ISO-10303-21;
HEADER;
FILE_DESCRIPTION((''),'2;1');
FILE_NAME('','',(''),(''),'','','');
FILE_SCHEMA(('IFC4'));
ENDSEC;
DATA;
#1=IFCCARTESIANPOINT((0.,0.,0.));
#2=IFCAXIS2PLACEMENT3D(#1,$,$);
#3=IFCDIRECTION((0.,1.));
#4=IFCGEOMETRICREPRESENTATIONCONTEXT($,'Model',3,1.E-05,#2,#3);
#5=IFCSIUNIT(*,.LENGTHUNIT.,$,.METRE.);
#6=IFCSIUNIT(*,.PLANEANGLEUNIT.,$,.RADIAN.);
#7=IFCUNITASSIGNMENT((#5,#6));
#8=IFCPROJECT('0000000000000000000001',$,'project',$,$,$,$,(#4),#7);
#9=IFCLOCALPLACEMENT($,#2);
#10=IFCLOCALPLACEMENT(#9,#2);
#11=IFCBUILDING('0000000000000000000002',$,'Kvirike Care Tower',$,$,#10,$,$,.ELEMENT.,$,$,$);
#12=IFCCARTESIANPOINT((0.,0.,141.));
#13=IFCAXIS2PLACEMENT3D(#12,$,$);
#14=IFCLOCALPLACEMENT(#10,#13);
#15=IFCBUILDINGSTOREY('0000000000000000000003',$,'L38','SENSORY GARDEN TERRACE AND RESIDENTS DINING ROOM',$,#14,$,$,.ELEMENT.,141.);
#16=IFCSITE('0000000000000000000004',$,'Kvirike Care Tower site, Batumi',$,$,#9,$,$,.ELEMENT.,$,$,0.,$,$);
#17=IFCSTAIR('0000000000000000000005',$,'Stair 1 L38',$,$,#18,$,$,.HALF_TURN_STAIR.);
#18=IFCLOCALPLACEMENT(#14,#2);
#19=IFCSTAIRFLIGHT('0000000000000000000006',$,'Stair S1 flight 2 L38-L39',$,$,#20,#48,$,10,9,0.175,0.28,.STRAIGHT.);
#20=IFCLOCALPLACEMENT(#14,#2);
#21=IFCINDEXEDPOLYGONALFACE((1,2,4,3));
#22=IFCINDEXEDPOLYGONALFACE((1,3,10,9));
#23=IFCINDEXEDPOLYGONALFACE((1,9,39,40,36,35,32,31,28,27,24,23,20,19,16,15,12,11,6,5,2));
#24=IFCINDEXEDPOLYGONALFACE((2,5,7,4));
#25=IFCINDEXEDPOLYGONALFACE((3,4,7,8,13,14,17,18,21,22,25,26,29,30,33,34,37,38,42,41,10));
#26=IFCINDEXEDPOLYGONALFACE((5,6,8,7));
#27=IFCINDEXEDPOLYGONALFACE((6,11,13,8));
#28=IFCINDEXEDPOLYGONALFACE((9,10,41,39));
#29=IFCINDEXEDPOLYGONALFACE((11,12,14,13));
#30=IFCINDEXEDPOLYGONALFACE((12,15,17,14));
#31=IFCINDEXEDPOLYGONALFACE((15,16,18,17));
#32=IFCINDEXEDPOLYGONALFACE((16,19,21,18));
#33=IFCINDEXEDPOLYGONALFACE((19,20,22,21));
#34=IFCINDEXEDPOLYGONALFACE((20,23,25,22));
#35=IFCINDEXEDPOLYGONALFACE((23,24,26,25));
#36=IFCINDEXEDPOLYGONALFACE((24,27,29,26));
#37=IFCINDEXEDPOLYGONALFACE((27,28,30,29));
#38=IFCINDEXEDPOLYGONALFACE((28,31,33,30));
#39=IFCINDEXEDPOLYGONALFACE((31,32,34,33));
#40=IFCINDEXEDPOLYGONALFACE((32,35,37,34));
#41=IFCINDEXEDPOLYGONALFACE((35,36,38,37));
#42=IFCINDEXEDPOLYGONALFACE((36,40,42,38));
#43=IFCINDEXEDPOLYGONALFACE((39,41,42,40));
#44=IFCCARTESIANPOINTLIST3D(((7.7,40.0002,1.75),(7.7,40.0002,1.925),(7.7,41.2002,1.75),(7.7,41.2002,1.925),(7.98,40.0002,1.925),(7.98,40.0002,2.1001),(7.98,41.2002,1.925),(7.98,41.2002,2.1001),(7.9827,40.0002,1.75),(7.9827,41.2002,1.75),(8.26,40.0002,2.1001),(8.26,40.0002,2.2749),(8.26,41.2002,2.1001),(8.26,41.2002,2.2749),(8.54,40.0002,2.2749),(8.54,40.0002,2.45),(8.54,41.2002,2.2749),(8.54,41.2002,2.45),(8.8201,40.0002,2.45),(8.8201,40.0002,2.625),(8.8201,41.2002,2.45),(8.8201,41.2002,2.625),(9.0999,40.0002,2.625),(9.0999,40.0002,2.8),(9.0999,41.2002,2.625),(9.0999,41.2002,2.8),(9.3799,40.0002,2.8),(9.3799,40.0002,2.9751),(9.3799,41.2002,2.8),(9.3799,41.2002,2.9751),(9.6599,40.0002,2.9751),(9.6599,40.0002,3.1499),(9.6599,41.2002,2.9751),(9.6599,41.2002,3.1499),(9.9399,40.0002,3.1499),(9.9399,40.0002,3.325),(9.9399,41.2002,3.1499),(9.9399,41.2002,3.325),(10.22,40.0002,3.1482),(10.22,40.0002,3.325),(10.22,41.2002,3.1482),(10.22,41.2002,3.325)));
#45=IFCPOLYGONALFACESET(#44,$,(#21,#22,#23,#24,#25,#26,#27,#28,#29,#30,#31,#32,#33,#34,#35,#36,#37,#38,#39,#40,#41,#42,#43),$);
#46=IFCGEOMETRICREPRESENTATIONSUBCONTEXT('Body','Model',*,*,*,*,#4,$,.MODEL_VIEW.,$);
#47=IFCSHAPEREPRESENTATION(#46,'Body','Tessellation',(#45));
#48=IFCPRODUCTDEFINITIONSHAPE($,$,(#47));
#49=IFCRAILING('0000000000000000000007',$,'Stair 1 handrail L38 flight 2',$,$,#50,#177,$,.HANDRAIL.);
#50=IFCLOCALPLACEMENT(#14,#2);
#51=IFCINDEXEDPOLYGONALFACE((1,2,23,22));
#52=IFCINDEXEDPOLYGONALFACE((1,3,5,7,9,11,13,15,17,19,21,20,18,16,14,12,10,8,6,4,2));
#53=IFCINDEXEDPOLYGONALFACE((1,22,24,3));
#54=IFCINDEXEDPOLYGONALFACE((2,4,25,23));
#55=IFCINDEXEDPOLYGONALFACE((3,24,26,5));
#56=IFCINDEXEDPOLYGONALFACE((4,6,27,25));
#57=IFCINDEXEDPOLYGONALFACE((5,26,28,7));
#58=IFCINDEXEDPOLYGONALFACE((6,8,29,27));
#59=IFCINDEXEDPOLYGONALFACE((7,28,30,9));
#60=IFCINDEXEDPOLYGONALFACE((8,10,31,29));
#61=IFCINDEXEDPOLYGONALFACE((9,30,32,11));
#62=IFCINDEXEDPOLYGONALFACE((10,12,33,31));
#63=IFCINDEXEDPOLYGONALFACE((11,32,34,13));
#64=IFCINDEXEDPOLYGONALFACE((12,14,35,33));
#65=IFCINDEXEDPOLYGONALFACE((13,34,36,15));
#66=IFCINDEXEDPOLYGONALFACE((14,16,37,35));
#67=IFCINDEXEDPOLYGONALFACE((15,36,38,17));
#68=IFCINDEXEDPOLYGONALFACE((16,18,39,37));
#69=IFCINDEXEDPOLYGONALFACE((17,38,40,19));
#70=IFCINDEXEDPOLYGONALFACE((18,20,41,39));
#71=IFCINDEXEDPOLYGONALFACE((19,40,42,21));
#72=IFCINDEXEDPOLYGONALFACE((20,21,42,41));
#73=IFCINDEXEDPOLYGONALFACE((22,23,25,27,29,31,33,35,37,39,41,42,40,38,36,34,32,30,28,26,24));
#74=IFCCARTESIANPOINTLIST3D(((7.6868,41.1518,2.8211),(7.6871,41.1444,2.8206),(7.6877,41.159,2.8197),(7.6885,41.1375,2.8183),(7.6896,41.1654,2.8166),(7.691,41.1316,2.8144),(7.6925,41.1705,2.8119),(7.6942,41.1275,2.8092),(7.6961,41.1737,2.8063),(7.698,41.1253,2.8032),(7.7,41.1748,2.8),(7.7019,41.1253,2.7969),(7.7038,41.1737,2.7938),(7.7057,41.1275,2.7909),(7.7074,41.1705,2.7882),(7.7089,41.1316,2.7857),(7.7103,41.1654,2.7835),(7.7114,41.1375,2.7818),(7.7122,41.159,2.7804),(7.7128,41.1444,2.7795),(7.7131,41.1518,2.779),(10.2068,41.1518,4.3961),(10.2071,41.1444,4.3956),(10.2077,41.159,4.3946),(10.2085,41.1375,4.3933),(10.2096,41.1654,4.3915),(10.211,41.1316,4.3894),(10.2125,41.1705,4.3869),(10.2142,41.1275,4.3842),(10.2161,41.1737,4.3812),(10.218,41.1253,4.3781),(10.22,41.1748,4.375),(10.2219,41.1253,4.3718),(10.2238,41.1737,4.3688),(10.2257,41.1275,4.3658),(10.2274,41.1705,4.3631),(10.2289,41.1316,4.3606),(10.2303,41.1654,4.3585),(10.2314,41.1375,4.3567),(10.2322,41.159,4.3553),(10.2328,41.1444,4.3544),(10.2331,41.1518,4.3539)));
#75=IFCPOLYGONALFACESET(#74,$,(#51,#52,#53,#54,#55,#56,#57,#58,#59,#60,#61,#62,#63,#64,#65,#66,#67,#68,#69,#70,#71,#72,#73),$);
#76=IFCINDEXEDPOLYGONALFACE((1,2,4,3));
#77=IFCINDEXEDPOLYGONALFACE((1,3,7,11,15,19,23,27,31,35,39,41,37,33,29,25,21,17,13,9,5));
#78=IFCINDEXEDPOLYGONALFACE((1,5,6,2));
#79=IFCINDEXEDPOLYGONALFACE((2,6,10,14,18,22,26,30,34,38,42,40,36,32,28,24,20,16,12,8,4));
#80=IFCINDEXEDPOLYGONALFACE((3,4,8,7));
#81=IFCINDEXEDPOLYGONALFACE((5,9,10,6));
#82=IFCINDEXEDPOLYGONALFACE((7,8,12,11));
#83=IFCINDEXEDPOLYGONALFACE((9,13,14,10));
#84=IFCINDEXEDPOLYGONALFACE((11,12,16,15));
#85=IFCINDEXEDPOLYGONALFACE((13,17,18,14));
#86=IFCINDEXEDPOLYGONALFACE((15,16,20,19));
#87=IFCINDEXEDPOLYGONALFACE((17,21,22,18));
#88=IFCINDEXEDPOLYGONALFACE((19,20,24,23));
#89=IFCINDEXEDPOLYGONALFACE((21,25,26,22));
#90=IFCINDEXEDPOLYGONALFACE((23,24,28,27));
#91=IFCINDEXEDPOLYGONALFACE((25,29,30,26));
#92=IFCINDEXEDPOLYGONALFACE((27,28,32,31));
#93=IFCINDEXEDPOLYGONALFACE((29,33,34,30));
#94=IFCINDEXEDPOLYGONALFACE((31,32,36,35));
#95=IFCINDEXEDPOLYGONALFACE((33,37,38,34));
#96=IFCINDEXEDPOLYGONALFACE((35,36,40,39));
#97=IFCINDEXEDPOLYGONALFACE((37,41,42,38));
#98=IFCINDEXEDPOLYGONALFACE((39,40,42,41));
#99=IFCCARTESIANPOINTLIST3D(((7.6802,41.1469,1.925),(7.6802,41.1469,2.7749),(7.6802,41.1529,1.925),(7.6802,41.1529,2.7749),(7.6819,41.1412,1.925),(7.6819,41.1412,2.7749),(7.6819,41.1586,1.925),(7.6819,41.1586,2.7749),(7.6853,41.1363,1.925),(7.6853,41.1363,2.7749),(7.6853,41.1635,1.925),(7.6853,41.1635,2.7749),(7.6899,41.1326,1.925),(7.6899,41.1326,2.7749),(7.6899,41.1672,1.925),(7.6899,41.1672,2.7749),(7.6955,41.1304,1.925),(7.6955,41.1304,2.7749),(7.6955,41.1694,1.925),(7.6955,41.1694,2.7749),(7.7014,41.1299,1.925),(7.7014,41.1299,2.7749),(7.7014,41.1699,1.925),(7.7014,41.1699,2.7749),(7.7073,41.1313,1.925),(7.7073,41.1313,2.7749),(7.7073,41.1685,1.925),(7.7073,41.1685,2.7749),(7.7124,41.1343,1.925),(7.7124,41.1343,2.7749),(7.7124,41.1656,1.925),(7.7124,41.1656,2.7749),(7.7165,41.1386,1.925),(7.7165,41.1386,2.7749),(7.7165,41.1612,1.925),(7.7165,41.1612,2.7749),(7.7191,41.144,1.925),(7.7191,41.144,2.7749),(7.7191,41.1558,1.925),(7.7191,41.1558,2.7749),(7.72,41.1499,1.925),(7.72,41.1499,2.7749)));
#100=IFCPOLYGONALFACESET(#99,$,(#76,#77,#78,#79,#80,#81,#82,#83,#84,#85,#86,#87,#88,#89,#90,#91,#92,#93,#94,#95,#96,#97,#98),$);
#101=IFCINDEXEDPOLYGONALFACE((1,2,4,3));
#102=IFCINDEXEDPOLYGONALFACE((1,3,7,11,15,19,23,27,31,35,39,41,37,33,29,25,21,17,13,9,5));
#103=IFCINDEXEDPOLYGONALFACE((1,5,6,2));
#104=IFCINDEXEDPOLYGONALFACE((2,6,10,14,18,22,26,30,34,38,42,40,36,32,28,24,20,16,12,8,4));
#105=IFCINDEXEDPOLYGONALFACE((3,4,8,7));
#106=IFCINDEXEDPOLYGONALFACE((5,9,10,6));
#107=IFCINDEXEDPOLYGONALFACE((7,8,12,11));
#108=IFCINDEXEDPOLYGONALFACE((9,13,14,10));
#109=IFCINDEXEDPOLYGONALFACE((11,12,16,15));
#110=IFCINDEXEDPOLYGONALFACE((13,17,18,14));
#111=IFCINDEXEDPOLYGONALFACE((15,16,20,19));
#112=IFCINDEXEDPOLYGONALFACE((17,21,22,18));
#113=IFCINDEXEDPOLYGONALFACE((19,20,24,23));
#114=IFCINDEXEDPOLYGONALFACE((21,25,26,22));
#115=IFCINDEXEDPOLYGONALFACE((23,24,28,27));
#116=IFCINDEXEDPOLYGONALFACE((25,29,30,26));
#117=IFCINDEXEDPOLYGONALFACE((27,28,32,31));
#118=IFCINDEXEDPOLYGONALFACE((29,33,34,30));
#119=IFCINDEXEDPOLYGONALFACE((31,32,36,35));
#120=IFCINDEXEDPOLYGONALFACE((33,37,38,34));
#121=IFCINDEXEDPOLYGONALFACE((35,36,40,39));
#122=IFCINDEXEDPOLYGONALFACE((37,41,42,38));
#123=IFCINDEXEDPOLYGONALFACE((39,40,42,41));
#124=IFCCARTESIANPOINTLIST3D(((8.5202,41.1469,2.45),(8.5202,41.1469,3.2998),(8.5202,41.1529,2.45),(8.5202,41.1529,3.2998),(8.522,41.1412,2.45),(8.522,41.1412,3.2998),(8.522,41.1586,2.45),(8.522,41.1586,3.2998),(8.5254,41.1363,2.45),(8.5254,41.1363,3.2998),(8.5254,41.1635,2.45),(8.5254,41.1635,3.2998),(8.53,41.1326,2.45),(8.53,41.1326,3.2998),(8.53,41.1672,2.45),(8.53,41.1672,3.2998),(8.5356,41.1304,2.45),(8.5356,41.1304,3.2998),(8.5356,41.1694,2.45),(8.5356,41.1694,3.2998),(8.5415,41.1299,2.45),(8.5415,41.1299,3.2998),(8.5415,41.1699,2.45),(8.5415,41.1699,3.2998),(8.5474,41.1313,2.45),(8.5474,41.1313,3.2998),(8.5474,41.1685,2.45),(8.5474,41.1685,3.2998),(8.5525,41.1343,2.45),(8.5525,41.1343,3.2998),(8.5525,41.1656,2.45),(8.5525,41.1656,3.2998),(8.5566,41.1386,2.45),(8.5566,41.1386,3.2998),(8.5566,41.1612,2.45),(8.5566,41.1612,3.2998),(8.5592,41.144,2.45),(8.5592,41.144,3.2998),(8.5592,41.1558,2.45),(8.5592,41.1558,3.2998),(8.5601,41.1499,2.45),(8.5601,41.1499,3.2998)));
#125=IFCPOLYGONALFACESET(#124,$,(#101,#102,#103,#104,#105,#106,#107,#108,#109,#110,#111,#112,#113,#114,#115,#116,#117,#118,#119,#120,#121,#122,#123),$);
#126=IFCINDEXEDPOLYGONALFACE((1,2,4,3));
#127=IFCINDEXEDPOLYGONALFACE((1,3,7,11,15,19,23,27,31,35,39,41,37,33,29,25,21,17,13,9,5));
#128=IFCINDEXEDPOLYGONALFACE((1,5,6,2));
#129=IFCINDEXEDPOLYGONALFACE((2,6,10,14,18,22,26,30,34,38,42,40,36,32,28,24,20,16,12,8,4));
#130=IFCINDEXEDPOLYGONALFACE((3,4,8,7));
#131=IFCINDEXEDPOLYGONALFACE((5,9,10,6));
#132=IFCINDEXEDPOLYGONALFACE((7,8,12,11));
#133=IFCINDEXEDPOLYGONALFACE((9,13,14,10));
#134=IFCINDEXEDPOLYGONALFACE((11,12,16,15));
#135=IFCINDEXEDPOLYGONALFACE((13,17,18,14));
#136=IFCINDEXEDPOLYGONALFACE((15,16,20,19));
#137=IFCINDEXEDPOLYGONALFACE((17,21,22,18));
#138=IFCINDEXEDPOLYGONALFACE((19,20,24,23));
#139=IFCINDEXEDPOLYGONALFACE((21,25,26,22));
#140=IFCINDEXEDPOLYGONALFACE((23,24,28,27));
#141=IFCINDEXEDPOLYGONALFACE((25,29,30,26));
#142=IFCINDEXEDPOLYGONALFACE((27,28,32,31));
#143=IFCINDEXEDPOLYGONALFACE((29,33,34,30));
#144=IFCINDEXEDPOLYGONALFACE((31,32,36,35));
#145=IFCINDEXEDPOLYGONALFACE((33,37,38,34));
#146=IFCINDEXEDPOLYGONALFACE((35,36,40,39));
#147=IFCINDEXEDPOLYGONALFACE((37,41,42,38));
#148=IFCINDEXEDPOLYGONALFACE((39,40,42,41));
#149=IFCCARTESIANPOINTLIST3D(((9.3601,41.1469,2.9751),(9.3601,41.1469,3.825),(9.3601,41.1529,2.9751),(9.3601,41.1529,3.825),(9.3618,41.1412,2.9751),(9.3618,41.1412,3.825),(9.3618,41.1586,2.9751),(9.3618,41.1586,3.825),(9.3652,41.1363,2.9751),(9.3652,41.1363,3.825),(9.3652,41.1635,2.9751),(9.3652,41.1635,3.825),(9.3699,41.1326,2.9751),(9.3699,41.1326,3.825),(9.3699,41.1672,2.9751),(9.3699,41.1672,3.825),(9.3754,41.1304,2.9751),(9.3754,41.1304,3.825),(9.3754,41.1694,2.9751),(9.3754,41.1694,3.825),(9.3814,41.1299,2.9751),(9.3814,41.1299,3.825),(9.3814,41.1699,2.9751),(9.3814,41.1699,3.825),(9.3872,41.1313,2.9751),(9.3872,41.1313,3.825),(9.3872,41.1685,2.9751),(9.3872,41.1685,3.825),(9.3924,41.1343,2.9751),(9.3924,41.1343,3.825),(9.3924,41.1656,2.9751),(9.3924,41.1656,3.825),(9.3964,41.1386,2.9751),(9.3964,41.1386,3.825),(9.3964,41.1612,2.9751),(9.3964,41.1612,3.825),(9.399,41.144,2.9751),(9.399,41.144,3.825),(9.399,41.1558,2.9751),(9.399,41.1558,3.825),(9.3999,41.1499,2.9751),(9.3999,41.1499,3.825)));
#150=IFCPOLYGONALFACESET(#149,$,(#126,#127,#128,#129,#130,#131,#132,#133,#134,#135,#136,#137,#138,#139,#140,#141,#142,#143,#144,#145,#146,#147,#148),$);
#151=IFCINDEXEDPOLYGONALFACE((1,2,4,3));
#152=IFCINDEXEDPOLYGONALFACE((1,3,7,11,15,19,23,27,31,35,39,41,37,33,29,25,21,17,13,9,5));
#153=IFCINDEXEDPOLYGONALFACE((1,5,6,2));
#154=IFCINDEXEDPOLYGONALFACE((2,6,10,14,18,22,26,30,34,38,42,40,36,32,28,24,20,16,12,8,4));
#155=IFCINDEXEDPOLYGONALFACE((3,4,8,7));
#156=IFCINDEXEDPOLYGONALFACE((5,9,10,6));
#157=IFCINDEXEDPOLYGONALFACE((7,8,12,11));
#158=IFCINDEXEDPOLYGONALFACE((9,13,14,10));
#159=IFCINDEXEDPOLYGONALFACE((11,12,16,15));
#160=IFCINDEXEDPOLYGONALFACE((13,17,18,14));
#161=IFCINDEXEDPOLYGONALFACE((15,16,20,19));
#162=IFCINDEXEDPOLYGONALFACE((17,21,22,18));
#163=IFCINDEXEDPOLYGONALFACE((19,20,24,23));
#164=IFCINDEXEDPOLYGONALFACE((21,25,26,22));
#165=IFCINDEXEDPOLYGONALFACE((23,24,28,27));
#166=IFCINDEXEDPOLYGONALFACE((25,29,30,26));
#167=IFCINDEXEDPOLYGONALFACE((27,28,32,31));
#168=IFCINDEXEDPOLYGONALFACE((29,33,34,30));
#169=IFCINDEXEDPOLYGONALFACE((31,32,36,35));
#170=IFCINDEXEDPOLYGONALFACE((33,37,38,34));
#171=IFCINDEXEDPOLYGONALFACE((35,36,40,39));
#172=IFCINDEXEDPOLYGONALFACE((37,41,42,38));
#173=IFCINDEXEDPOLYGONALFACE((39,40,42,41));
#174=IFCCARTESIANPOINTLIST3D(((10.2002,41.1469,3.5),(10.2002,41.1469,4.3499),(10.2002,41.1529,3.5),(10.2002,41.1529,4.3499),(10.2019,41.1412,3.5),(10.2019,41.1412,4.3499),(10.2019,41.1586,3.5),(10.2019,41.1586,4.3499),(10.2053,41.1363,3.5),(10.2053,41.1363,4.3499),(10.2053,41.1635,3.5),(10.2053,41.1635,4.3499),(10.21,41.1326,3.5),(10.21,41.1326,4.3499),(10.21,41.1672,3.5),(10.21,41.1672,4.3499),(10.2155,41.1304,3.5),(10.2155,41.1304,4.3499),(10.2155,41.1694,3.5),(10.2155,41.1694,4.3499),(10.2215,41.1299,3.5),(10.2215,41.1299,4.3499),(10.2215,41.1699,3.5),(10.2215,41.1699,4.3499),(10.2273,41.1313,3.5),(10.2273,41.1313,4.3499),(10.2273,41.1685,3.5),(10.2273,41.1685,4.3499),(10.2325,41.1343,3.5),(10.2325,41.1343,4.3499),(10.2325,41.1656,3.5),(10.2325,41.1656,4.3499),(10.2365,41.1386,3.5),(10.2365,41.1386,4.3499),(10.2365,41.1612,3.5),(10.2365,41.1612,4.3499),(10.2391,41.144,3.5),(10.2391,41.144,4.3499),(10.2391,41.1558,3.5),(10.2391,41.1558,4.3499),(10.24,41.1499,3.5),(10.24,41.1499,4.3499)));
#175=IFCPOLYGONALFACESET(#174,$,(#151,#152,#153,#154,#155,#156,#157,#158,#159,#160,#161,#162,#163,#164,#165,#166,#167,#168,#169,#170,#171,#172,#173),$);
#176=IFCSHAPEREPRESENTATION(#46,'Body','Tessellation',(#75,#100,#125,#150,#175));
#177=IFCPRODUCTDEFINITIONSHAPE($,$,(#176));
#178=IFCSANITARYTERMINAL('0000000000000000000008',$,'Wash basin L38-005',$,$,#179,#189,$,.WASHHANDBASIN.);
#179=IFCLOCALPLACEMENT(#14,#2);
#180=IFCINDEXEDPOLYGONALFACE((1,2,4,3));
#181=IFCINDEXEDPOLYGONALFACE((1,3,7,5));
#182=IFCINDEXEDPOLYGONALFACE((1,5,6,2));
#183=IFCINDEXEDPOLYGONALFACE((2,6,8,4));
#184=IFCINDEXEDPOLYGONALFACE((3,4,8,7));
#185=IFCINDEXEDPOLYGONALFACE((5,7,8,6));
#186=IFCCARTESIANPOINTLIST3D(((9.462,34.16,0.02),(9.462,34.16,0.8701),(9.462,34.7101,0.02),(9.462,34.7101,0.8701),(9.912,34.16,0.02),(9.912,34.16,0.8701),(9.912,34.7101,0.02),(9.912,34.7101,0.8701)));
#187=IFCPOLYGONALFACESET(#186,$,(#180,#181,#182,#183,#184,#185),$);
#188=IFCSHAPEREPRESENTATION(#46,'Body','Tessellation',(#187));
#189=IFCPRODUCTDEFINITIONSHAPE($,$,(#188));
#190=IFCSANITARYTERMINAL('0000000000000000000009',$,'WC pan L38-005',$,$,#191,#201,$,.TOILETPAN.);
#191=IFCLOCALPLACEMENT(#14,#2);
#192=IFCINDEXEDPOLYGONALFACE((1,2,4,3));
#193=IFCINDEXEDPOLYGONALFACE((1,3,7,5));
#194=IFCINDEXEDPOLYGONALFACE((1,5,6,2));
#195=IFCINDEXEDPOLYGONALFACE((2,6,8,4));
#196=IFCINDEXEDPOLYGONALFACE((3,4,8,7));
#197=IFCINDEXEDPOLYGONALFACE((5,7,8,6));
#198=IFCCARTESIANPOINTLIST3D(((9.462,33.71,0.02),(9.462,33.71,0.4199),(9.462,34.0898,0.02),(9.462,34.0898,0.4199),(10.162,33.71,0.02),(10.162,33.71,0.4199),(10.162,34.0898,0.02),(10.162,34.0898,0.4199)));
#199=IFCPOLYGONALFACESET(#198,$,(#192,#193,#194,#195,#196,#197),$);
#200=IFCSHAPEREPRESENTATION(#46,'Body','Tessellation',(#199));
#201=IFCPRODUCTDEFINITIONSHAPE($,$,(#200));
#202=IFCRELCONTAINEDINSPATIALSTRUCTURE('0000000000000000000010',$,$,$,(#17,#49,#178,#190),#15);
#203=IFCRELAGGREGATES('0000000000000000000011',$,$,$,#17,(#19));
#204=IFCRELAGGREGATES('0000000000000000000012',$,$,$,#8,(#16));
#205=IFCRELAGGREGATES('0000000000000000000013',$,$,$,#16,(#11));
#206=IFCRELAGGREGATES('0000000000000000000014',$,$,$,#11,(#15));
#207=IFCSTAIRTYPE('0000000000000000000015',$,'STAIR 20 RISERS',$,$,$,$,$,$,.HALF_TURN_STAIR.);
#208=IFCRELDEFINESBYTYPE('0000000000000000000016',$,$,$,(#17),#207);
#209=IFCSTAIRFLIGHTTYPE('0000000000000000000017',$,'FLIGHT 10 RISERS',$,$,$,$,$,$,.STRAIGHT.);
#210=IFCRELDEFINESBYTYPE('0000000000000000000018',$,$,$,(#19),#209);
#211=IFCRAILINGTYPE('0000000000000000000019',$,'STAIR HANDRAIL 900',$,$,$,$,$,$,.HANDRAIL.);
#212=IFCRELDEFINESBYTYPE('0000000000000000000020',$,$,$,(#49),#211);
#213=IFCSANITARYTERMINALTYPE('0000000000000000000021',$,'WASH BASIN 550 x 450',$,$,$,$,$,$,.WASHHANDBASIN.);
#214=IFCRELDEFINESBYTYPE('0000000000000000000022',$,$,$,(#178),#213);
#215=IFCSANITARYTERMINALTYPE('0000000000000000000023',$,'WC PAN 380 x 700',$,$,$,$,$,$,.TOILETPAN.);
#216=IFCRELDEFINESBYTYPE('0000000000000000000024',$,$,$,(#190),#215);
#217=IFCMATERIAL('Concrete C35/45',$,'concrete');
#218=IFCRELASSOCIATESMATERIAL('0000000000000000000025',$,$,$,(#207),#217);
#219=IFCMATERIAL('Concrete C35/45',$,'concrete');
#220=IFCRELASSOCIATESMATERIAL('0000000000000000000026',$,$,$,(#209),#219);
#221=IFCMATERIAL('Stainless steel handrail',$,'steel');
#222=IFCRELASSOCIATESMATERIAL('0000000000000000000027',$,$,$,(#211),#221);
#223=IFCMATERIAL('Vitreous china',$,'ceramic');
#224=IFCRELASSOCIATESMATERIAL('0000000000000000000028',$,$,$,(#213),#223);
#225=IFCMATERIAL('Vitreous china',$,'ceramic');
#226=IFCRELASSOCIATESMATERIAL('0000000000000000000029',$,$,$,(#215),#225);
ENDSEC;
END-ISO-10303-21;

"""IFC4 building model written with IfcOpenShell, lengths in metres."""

from ifc_helpers import new_model, si_unit, direction, frame, origin, origin_2d, place, context, subcontext, project, spatial, polyline, rectangle, circle, outline, extrude, material, type_object, element, aggregate, save


model = new_model("IFC4")

# Units and contexts
model_context = context("Model", 3, precision=1e-05, world=origin(), true_north=direction((0.0, 1.0)))
body_context = subcontext(model_context, "Body", "Model", "MODEL_VIEW")
ifc_project = project(units=[si_unit("LENGTHUNIT", "METRE"), si_unit("PLANEANGLEUNIT", "RADIAN")], contexts=[model_context])

# Site, building, storey
site_placement = place(None, origin())
site = spatial("IfcSite", under=ifc_project, at=site_placement, Name="Kvirike Care Tower site, Batumi", CompositionType="ELEMENT", RefElevation=0.0)
building_placement = place(site_placement, origin())
building = spatial("IfcBuilding", under=site, at=building_placement, Name="Kvirike Care Tower", CompositionType="ELEMENT")
storey_placement = place(building_placement, frame((0.0, 0.0, 141.0)))
storey = spatial("IfcBuildingStorey", under=building, at=storey_placement, Name="L38", Description="SENSORY GARDEN TERRACE AND RESIDENTS DINING ROOM", CompositionType="ELEMENT", Elevation=141.0)

# Stair, stair flight
ifc_material_1 = material(Name="Concrete C35/45", Category="concrete")
stair_type = type_object("IfcStairType", Name="STAIR 20 RISERS", PredefinedType="HALF_TURN_STAIR", material=ifc_material_1)
stair_placement = place(storey_placement, origin())
stair = element("IfcStair", 1, at=stair_placement, inside=storey, type_object=stair_type, Name="Stair 1 L38", PredefinedType="HALF_TURN_STAIR")
ifc_material_2 = material(Name="Concrete C35/45", Category="concrete")
stair_flight_type = type_object("IfcStairFlightType", Name="FLIGHT 10 RISERS", PredefinedType="STRAIGHT", material=ifc_material_2)
stair_flight_placement = place(storey_placement, frame((7.7, 40.6001, 1.75), z_axis=(0.0, 0.0, 1.0), x_axis=(1.0, 0.0, 0.0)))
stair_flight = element("IfcStairFlight", 2, at=stair_flight_placement, type_object=stair_flight_type, Name="Stair S1 flight 2 L38-L39", NumberOfRisers=10, NumberOfTreads=9, PredefinedType="STRAIGHT", RiserHeight=0.175, TreadLength=0.28, context=body_context, shape_type="SweptSolid", body=[
    extrude(outline(polyline([(0.0, 0.0), (0.0, 0.175), (0.28, 0.175), (0.28, 0.3501), (0.5601, 0.3501), (0.5601, 0.5249), (0.8401, 0.5249), (0.8401, 0.7), (1.1201, 0.7), (1.1201, 0.875), (1.3999, 0.875), (1.3999, 1.05), (1.6799, 1.05), (1.6799, 1.2251), (1.96, 1.2251), (1.96, 1.3999), (2.24, 1.3999), (2.24, 1.575), (2.52, 1.575), (2.52, 1.75), (2.52, 1.3982), (0.2827, 0.0), (0.0, 0.0)])), frame((0.0, 0.6001, 0.0), z_axis=(0.0, -1.0, 0.0), x_axis=(1.0, 0.0, 0.0)), (0.0, 0.0, 1.0), 1.2),
])
aggregate(stair, [stair_flight])

# Railing
ifc_material_3 = material(Name="Stainless steel handrail", Category="steel")
railing_type = type_object("IfcRailingType", Name="STAIR HANDRAIL 900", PredefinedType="HANDRAIL", material=ifc_material_3)
railing_placement = place(storey_placement, frame((7.7, 41.1499, 1.925)))
element("IfcRailing", 3, at=railing_placement, inside=storey, type_object=railing_type, Name="Stair 1 handrail L38 flight 2", PredefinedType="HANDRAIL", context=body_context, shape_type="SweptSolid", body=[
    extrude(circle(Radius=0.0249, at=origin_2d()), frame((0.0, 0.0, 0.875), z_axis=(0.848008, 0.0, 0.529984), x_axis=(0.0, 1.0, 0.0)), (0.0, 0.0, 1.0), 2.9717),
    extrude(circle(Radius=0.02, at=origin_2d()), origin(), (0.0, 0.0, 1.0), 0.8499),
    extrude(circle(Radius=0.02, at=origin_2d()), frame((0.8401, 0.0, 0.5249)), (0.0, 0.0, 1.0), 0.8499),
    extrude(circle(Radius=0.02, at=origin_2d()), frame((1.6799, 0.0, 1.05)), (0.0, 0.0, 1.0), 0.8499),
    extrude(circle(Radius=0.02, at=origin_2d()), frame((2.52, 0.0, 1.575)), (0.0, 0.0, 1.0), 0.8499),
])

# Sanitary terminals
ifc_material_4 = material(Name="Vitreous china", Category="ceramic")
sanitary_terminal_type_1 = type_object("IfcSanitaryTerminalType", Name="WASH BASIN 550 x 450", PredefinedType="WASHHANDBASIN", material=ifc_material_4)
sanitary_terminal_1_placement = place(storey_placement, frame((9.687, 34.4351, 0.02), z_axis=(0.0, 0.0, 1.0), x_axis=(0.0, 1.0, 0.0)))
element("IfcSanitaryTerminal", 4, at=sanitary_terminal_1_placement, inside=storey, type_object=sanitary_terminal_type_1, Name="Wash basin L38-005", PredefinedType="WASHHANDBASIN", context=body_context, shape_type="SweptSolid", body=[
    extrude(rectangle(XDim=0.55, YDim=0.45, at=origin_2d()), origin(), (0.0, 0.0, 1.0), 0.8501),
])
ifc_material_5 = material(Name="Vitreous china", Category="ceramic")
sanitary_terminal_type_2 = type_object("IfcSanitaryTerminalType", Name="WC PAN 380 x 700", PredefinedType="TOILETPAN", material=ifc_material_5)
sanitary_terminal_2_placement = place(storey_placement, frame((9.812, 33.8999, 0.02), z_axis=(0.0, 0.0, 1.0), x_axis=(0.0, 1.0, 0.0)))
element("IfcSanitaryTerminal", 5, at=sanitary_terminal_2_placement, inside=storey, type_object=sanitary_terminal_type_2, Name="WC pan L38-005", PredefinedType="TOILETPAN", context=body_context, shape_type="SweptSolid", body=[
    extrude(rectangle(XDim=0.3799, YDim=0.7, at=origin_2d()), origin(), (0.0, 0.0, 1.0), 0.3999),
])

save(model, "model.ifc")
